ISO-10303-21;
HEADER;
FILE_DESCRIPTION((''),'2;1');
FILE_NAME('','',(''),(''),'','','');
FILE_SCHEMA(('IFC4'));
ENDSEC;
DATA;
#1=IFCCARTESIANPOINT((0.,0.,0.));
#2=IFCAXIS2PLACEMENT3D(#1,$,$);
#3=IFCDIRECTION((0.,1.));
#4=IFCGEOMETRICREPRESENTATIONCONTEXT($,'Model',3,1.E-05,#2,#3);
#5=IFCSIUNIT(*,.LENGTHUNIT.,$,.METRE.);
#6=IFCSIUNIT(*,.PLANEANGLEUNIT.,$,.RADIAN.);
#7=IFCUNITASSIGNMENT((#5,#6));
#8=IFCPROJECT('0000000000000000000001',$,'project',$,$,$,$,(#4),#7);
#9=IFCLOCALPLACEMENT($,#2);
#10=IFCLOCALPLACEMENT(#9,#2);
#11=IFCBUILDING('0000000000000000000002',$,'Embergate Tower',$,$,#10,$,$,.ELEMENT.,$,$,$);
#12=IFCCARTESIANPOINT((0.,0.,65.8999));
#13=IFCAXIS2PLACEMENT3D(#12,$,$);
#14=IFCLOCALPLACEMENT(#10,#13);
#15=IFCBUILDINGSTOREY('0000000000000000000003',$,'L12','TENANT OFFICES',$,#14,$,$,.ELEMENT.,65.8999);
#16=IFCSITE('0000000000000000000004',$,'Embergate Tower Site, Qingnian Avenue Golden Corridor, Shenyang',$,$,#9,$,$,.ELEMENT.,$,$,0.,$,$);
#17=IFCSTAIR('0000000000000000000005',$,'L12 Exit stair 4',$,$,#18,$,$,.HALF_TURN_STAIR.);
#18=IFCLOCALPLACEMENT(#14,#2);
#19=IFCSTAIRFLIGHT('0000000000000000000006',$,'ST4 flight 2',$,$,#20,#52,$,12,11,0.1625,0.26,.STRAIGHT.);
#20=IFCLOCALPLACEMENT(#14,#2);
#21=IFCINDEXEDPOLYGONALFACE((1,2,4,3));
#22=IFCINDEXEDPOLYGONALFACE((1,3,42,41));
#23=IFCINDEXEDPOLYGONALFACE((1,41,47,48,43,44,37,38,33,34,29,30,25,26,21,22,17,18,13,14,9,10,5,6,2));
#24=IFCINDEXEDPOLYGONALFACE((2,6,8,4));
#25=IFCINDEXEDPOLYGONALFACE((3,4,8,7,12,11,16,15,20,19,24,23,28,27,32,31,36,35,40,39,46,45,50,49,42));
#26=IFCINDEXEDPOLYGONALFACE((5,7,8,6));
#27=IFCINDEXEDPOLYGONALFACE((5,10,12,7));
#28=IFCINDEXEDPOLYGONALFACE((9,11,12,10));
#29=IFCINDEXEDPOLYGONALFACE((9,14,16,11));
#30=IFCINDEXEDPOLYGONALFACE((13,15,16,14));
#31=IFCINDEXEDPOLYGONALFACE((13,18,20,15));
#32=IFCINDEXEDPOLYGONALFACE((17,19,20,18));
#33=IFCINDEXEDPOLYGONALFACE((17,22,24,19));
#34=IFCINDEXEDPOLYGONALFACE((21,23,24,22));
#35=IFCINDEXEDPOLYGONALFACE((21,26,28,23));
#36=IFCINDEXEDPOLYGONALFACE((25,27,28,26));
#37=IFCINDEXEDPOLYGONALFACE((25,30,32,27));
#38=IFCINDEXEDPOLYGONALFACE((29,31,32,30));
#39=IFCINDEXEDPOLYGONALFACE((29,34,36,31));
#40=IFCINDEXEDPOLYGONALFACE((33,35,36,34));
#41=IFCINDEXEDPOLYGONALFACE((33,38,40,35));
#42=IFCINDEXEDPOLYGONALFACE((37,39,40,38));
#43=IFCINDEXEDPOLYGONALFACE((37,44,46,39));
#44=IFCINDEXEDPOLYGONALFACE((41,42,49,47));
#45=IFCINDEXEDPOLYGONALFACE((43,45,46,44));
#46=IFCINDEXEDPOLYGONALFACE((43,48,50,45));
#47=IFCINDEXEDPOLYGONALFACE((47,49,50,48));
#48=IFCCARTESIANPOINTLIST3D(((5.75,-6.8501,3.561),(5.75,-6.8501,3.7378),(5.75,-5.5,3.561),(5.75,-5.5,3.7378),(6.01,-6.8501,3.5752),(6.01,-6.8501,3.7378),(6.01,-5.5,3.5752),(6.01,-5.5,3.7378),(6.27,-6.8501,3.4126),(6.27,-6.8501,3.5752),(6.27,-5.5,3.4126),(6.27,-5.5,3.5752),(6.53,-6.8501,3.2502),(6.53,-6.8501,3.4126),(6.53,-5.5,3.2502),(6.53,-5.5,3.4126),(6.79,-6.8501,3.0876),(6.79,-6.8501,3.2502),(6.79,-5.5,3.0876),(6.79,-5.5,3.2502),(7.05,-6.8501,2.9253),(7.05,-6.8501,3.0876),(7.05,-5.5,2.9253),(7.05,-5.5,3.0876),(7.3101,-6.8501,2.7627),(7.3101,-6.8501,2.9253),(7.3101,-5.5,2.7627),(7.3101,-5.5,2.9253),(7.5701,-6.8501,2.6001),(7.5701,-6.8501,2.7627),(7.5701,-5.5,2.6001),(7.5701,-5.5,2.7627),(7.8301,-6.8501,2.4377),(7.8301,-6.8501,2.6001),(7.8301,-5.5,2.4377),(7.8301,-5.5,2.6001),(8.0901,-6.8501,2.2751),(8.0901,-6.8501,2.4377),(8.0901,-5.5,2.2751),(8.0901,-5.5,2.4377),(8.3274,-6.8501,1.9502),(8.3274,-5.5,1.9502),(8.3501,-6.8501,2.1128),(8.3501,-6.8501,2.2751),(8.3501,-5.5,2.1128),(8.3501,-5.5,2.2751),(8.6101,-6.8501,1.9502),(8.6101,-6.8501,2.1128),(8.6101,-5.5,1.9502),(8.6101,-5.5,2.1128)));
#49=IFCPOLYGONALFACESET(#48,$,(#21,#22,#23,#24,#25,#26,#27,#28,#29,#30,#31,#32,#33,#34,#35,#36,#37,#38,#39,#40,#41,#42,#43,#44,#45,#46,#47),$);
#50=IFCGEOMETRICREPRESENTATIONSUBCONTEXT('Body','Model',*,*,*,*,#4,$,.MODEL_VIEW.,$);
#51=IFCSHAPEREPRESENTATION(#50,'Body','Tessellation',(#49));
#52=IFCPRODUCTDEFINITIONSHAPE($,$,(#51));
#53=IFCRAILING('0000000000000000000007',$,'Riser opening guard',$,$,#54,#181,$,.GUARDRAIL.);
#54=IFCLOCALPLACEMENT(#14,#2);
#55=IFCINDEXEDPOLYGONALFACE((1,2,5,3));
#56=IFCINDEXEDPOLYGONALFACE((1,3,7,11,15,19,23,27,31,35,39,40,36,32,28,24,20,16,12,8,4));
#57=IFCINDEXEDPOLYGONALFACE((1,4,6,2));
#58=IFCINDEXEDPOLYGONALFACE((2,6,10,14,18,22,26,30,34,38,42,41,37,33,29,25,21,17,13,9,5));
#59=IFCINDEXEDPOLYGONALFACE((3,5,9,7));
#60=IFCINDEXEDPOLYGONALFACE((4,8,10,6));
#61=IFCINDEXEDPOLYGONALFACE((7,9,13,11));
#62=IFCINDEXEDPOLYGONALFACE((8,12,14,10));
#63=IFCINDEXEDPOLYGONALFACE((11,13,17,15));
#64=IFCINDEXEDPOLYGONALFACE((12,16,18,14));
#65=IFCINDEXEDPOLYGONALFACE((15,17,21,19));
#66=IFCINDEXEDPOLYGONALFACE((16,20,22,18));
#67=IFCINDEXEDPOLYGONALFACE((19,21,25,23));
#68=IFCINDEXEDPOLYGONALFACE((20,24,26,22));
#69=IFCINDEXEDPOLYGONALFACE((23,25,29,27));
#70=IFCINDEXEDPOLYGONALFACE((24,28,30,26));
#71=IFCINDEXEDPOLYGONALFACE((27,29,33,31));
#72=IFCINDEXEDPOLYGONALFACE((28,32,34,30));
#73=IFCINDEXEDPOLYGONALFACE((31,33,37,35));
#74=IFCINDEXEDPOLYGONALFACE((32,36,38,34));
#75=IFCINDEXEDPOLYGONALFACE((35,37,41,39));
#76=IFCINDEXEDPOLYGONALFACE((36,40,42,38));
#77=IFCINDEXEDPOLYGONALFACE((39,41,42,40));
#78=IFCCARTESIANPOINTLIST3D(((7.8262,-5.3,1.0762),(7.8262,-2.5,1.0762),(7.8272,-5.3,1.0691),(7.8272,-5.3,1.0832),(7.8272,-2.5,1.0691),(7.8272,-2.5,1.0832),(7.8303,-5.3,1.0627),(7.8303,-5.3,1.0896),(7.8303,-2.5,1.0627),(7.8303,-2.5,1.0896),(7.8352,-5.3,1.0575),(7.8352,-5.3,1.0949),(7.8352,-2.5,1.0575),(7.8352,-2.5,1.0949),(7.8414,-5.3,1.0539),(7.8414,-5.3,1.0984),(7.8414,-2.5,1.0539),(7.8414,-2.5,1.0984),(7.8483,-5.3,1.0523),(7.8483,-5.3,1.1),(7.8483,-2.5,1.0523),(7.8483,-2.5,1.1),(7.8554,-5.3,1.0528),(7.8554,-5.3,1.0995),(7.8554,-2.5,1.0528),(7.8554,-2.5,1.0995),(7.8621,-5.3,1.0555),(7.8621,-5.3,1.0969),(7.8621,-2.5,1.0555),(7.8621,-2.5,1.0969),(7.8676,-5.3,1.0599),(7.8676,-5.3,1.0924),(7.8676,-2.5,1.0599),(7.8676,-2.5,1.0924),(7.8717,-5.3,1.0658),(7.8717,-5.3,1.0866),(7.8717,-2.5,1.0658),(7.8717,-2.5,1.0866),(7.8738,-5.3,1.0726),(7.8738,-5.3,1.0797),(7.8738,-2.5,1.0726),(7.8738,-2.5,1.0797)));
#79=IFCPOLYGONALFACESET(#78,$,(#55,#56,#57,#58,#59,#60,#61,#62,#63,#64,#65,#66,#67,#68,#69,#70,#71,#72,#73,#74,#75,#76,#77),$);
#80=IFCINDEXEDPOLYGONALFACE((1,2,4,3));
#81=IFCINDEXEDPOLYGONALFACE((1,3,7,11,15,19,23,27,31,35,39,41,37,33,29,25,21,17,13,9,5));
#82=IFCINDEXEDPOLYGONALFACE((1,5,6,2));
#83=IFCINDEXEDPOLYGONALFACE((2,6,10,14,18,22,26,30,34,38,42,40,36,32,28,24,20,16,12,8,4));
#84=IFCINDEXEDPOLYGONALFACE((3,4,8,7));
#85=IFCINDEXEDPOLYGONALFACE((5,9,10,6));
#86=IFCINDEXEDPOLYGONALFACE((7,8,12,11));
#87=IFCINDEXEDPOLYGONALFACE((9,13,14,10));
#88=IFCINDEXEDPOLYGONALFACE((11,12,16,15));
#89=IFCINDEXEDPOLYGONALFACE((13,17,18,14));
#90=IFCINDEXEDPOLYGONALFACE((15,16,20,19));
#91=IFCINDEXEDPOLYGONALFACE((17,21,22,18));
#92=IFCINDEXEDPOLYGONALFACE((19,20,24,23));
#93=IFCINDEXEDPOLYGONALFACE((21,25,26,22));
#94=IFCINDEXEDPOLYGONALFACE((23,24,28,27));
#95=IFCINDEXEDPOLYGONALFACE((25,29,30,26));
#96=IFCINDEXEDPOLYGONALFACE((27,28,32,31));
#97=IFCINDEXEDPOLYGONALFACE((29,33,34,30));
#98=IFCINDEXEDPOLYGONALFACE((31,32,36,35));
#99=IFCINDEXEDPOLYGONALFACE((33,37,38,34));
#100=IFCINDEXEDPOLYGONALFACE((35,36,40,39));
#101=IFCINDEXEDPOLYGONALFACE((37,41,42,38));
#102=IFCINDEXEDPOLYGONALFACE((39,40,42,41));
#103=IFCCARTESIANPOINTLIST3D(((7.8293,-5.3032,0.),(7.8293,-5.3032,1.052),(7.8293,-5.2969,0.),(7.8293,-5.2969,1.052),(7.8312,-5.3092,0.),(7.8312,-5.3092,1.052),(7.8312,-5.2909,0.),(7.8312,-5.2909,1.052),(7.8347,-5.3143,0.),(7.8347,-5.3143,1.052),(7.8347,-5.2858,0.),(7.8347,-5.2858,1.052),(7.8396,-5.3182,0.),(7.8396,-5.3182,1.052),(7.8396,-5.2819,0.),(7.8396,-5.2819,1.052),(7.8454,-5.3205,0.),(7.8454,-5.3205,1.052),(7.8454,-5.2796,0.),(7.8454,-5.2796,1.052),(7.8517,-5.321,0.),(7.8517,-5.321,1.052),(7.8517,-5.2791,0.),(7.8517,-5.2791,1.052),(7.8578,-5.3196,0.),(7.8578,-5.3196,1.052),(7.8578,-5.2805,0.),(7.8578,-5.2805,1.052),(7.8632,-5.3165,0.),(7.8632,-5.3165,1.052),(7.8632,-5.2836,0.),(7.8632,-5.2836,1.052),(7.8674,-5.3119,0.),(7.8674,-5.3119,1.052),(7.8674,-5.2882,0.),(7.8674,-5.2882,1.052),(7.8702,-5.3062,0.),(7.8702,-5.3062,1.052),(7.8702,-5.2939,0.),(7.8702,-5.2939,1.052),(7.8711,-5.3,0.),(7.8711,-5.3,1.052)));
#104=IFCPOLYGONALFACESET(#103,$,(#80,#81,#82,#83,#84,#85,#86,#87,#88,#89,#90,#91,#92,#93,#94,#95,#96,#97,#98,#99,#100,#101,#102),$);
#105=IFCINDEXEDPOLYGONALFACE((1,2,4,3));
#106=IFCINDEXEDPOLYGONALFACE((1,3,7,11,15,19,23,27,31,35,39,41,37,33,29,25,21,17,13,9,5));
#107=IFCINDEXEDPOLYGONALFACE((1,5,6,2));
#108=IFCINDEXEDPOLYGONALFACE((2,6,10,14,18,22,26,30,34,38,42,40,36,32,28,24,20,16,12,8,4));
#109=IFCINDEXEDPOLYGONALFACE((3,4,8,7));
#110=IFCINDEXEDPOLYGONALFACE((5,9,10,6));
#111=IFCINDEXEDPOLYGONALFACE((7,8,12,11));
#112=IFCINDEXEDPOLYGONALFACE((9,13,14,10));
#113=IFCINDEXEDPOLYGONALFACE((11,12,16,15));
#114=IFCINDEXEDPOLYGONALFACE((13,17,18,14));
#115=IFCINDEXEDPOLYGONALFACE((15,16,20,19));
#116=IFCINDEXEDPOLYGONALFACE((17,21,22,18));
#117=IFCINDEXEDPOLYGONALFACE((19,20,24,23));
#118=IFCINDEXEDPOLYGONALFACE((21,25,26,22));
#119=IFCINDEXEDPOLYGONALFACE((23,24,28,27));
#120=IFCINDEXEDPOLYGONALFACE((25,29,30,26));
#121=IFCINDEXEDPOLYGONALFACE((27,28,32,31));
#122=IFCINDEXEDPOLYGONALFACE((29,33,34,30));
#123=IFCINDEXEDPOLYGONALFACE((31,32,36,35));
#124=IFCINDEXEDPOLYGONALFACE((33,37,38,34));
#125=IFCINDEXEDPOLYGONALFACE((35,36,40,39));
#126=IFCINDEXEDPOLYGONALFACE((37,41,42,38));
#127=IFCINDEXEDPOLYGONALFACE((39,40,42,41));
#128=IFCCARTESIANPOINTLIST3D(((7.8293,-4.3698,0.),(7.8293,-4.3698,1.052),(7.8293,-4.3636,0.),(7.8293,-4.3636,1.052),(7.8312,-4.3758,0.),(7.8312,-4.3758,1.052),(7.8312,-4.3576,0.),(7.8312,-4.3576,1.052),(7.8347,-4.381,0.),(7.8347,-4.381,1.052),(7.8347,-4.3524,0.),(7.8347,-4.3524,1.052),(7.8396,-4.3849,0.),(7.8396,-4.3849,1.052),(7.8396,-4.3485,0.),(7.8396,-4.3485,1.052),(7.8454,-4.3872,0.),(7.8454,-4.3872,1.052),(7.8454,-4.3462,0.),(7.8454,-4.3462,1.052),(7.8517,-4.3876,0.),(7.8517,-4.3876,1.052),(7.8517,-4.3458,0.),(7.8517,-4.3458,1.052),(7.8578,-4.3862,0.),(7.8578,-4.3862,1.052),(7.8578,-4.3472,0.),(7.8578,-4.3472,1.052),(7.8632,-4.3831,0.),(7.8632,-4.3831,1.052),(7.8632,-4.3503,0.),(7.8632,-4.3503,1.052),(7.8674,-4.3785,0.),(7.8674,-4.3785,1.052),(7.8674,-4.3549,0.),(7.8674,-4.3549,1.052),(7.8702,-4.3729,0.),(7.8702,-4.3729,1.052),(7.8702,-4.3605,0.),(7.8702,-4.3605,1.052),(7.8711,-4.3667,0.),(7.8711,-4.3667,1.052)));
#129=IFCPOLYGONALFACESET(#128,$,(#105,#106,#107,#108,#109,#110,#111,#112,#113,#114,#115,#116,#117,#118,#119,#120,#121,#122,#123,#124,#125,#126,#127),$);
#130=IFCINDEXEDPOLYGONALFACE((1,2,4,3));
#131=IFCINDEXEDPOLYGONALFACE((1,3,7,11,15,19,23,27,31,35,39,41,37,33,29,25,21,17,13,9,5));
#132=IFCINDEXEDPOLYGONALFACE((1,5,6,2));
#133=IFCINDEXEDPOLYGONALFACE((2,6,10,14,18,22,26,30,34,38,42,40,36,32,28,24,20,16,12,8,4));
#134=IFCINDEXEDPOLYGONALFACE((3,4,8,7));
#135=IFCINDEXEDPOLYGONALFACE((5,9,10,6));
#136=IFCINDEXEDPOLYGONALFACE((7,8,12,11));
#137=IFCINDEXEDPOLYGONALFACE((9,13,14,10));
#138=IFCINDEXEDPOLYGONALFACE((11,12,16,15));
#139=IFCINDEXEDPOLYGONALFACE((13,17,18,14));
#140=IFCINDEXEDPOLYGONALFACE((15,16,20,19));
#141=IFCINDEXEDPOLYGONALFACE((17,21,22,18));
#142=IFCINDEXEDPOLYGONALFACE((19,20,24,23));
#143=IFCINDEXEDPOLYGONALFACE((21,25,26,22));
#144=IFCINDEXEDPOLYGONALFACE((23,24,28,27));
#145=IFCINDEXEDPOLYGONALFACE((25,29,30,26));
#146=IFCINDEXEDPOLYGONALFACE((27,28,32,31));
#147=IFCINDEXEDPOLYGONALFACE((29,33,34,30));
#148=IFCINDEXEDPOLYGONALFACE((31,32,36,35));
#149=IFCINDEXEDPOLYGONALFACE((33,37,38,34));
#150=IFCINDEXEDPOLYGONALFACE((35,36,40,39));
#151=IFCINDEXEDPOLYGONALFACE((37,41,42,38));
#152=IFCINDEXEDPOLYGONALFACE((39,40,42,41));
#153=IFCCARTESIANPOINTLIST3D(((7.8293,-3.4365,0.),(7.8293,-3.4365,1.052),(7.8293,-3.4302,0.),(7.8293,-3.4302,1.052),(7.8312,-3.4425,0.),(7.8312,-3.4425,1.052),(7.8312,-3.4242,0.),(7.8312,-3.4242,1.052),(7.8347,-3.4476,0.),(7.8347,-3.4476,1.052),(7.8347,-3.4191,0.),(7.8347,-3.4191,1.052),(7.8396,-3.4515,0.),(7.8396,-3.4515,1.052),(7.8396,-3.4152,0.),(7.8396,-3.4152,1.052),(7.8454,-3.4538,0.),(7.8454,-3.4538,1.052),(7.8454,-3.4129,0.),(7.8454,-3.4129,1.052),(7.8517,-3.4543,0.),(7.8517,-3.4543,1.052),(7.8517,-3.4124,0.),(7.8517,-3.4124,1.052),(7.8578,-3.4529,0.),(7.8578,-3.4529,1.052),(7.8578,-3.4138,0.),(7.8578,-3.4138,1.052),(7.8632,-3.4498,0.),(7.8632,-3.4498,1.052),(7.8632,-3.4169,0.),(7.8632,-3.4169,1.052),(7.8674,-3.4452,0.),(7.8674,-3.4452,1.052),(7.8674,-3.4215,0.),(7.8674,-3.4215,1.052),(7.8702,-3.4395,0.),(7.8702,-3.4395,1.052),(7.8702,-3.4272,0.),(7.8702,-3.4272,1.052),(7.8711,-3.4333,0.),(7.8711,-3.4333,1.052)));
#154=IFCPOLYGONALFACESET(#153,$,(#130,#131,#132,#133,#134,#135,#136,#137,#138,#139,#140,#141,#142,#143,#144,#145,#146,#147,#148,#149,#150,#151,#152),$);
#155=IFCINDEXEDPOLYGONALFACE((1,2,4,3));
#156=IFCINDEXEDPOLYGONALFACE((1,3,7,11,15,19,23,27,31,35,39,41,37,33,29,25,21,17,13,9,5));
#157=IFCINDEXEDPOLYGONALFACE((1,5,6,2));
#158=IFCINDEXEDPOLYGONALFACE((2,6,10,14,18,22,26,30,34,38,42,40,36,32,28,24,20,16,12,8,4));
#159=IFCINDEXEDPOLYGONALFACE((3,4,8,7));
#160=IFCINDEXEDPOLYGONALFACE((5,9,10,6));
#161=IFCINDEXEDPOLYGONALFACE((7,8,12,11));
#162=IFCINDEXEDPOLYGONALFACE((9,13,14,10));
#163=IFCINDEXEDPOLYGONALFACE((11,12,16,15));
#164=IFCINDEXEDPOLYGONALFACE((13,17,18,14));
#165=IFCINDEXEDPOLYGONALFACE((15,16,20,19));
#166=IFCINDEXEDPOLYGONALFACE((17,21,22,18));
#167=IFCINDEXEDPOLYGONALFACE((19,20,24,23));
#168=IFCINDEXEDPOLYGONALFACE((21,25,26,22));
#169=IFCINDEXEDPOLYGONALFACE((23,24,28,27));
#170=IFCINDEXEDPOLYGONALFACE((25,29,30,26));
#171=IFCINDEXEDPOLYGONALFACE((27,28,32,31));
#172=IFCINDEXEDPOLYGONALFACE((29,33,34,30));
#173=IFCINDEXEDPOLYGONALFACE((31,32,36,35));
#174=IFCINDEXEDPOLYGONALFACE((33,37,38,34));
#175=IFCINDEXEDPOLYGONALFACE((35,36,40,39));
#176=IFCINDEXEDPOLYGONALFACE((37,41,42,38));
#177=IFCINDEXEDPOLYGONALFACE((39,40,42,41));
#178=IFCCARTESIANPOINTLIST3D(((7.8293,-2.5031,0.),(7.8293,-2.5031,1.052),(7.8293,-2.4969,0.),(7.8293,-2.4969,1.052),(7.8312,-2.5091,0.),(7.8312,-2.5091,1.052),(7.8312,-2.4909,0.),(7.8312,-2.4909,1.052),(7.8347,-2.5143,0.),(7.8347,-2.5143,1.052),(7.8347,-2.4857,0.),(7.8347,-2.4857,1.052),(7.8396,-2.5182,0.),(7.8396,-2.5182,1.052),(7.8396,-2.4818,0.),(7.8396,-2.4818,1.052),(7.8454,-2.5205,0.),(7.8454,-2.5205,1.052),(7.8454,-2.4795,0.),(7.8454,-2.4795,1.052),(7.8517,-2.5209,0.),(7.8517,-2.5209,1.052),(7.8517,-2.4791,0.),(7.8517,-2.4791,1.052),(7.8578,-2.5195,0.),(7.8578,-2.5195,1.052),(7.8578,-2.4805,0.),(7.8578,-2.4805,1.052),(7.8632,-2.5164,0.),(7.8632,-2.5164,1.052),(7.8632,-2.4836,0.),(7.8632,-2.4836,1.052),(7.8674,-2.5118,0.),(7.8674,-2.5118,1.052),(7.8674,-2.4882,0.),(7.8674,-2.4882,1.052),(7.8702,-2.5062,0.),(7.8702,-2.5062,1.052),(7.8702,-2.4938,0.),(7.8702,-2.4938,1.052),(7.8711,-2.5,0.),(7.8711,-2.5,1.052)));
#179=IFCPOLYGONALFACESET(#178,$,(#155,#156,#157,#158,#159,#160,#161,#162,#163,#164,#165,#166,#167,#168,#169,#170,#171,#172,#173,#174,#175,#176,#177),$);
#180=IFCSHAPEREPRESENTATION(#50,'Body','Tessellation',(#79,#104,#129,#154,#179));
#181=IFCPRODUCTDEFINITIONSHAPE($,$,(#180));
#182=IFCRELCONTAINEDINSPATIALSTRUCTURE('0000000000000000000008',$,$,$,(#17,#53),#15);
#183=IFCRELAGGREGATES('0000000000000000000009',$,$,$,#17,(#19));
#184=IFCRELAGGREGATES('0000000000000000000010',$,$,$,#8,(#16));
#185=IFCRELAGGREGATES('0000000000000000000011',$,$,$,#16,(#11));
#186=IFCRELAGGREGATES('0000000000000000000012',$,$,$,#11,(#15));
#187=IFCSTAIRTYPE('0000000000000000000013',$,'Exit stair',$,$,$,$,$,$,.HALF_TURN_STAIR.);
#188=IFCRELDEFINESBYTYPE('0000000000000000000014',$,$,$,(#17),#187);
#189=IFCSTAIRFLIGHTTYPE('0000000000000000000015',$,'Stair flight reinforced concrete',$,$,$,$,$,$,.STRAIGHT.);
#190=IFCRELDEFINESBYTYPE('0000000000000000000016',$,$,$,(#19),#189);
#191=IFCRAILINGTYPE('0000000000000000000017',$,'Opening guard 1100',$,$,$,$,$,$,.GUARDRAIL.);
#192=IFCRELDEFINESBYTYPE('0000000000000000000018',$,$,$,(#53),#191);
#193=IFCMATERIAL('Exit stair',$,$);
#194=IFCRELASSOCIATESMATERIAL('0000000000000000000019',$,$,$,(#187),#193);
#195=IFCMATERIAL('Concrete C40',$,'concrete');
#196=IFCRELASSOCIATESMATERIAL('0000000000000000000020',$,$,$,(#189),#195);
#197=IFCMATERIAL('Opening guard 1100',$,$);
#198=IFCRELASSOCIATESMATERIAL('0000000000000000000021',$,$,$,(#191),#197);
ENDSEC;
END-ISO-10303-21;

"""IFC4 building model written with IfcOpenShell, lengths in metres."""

from ifc_helpers import new_model, si_unit, direction, frame, origin, origin_2d, place, context, subcontext, project, spatial, polyline, circle, outline, extrude, source, transform, mapped, material, type_object, element, aggregate, save


model = new_model("IFC4")

# Units and contexts
model_context = context("Model", 3, precision=1e-05, world=origin(), true_north=direction((0.0, 1.0)))
body_context = subcontext(model_context, "Body", "Model", "MODEL_VIEW")
ifc_project = project(units=[si_unit("LENGTHUNIT", "METRE"), si_unit("PLANEANGLEUNIT", "RADIAN")], contexts=[model_context])

# Site, building, storey
site_placement = place(None, origin())
site = spatial("IfcSite", under=ifc_project, at=site_placement, Name="Embergate Tower Site, Qingnian Avenue Golden Corridor, Shenyang", CompositionType="ELEMENT", RefElevation=0.0)
building_placement = place(site_placement, origin())
building = spatial("IfcBuilding", under=site, at=building_placement, Name="Embergate Tower", CompositionType="ELEMENT")
storey_placement = place(building_placement, frame((0.0, 0.0, 65.8999)))
storey = spatial("IfcBuildingStorey", under=building, at=storey_placement, Name="L12", Description="TENANT OFFICES", CompositionType="ELEMENT", Elevation=65.8999)

# Stair, stair flight
ifc_material_1 = material(Name="Exit stair")
stair_type = type_object("IfcStairType", Name="Exit stair", PredefinedType="HALF_TURN_STAIR", material=ifc_material_1)
stair_placement = place(storey_placement, origin())
stair = element("IfcStair", 1, at=stair_placement, inside=storey, type_object=stair_type, Name="L12 Exit stair 4", PredefinedType="HALF_TURN_STAIR")
ifc_material_2 = material(Name="Concrete C40", Category="concrete")
stair_flight_type = type_object("IfcStairFlightType", Name="Stair flight reinforced concrete", PredefinedType="STRAIGHT", material=ifc_material_2)
shared_shape_1 = source(origin(), body_context, "Body", "SweptSolid", [
    extrude(outline(polyline([(0.0, 0.0), (0.0, 0.1626), (0.26, 0.1626), (0.26, 0.325), (0.52, 0.325), (0.52, 0.4875), (0.78, 0.4875), (0.78, 0.6499), (1.04, 0.6499), (1.04, 0.8125), (1.3, 0.8125), (1.3, 0.9751), (1.5601, 0.9751), (1.5601, 1.1375), (1.8201, 1.1375), (1.8201, 1.3), (2.0801, 1.3), (2.0801, 1.4624), (2.3401, 1.4624), (2.3401, 1.625), (2.6001, 1.625), (2.6001, 1.7876), (2.8601, 1.7876), (2.8601, 1.95), (2.8601, 1.6108), (0.2827, 0.0), (0.0, 0.0)])), frame((0.0, 0.675, 0.0), z_axis=(0.0, -1.0, 0.0), x_axis=(1.0, 0.0, 0.0)), (0.0, 0.0, 1.0), 1.3501),
])
stair_flight_placement = place(storey_placement, frame((8.6101, -6.175, 1.9502), z_axis=(0.0, 0.0, 1.0), x_axis=(-1.0, 0.0, 0.0)))
stair_flight = element("IfcStairFlight", 2, at=stair_flight_placement, type_object=stair_flight_type, Name="ST4 flight 2", NumberOfRisers=12, NumberOfTreads=11, PredefinedType="STRAIGHT", RiserHeight=0.1625, TreadLength=0.26, context=body_context, shape_type="MappedRepresentation", body=[
    mapped(shared_shape_1, transform((0.0, 0.0, 0.0))),
])
aggregate(stair, [stair_flight])

# Railing
ifc_material_3 = material(Name="Opening guard 1100")
railing_type = type_object("IfcRailingType", Name="Opening guard 1100", PredefinedType="GUARDRAIL", material=ifc_material_3)
shared_shape_2 = source(origin(), body_context, "Body", "SweptSolid", [
    extrude(circle(Radius=0.0239, at=origin_2d()), frame((0.0, 0.0, 1.0762), z_axis=(0.0, 1.0, 0.0), x_axis=(-1.0, 0.0, 0.0)), (0.0, 0.0, 1.0), 2.8),
    extrude(circle(Radius=0.021, at=origin_2d()), origin(), (0.0, 0.0, 1.0), 1.052),
    extrude(circle(Radius=0.021, at=origin_2d()), frame((0.0, 0.9333, 0.0)), (0.0, 0.0, 1.0), 1.052),
    extrude(circle(Radius=0.021, at=origin_2d()), frame((0.0, 1.8667, 0.0)), (0.0, 0.0, 1.0), 1.052),
    extrude(circle(Radius=0.021, at=origin_2d()), frame((0.0, 2.8, 0.0)), (0.0, 0.0, 1.0), 1.052),
])
railing_placement = place(storey_placement, frame((7.8501, -5.3, 0.0)))
element("IfcRailing", 3, at=railing_placement, inside=storey, type_object=railing_type, Name="Riser opening guard", PredefinedType="GUARDRAIL", context=body_context, shape_type="MappedRepresentation", body=[
    mapped(shared_shape_2, transform((0.0, 0.0, 0.0))),
])

save(model, "model.ifc")
